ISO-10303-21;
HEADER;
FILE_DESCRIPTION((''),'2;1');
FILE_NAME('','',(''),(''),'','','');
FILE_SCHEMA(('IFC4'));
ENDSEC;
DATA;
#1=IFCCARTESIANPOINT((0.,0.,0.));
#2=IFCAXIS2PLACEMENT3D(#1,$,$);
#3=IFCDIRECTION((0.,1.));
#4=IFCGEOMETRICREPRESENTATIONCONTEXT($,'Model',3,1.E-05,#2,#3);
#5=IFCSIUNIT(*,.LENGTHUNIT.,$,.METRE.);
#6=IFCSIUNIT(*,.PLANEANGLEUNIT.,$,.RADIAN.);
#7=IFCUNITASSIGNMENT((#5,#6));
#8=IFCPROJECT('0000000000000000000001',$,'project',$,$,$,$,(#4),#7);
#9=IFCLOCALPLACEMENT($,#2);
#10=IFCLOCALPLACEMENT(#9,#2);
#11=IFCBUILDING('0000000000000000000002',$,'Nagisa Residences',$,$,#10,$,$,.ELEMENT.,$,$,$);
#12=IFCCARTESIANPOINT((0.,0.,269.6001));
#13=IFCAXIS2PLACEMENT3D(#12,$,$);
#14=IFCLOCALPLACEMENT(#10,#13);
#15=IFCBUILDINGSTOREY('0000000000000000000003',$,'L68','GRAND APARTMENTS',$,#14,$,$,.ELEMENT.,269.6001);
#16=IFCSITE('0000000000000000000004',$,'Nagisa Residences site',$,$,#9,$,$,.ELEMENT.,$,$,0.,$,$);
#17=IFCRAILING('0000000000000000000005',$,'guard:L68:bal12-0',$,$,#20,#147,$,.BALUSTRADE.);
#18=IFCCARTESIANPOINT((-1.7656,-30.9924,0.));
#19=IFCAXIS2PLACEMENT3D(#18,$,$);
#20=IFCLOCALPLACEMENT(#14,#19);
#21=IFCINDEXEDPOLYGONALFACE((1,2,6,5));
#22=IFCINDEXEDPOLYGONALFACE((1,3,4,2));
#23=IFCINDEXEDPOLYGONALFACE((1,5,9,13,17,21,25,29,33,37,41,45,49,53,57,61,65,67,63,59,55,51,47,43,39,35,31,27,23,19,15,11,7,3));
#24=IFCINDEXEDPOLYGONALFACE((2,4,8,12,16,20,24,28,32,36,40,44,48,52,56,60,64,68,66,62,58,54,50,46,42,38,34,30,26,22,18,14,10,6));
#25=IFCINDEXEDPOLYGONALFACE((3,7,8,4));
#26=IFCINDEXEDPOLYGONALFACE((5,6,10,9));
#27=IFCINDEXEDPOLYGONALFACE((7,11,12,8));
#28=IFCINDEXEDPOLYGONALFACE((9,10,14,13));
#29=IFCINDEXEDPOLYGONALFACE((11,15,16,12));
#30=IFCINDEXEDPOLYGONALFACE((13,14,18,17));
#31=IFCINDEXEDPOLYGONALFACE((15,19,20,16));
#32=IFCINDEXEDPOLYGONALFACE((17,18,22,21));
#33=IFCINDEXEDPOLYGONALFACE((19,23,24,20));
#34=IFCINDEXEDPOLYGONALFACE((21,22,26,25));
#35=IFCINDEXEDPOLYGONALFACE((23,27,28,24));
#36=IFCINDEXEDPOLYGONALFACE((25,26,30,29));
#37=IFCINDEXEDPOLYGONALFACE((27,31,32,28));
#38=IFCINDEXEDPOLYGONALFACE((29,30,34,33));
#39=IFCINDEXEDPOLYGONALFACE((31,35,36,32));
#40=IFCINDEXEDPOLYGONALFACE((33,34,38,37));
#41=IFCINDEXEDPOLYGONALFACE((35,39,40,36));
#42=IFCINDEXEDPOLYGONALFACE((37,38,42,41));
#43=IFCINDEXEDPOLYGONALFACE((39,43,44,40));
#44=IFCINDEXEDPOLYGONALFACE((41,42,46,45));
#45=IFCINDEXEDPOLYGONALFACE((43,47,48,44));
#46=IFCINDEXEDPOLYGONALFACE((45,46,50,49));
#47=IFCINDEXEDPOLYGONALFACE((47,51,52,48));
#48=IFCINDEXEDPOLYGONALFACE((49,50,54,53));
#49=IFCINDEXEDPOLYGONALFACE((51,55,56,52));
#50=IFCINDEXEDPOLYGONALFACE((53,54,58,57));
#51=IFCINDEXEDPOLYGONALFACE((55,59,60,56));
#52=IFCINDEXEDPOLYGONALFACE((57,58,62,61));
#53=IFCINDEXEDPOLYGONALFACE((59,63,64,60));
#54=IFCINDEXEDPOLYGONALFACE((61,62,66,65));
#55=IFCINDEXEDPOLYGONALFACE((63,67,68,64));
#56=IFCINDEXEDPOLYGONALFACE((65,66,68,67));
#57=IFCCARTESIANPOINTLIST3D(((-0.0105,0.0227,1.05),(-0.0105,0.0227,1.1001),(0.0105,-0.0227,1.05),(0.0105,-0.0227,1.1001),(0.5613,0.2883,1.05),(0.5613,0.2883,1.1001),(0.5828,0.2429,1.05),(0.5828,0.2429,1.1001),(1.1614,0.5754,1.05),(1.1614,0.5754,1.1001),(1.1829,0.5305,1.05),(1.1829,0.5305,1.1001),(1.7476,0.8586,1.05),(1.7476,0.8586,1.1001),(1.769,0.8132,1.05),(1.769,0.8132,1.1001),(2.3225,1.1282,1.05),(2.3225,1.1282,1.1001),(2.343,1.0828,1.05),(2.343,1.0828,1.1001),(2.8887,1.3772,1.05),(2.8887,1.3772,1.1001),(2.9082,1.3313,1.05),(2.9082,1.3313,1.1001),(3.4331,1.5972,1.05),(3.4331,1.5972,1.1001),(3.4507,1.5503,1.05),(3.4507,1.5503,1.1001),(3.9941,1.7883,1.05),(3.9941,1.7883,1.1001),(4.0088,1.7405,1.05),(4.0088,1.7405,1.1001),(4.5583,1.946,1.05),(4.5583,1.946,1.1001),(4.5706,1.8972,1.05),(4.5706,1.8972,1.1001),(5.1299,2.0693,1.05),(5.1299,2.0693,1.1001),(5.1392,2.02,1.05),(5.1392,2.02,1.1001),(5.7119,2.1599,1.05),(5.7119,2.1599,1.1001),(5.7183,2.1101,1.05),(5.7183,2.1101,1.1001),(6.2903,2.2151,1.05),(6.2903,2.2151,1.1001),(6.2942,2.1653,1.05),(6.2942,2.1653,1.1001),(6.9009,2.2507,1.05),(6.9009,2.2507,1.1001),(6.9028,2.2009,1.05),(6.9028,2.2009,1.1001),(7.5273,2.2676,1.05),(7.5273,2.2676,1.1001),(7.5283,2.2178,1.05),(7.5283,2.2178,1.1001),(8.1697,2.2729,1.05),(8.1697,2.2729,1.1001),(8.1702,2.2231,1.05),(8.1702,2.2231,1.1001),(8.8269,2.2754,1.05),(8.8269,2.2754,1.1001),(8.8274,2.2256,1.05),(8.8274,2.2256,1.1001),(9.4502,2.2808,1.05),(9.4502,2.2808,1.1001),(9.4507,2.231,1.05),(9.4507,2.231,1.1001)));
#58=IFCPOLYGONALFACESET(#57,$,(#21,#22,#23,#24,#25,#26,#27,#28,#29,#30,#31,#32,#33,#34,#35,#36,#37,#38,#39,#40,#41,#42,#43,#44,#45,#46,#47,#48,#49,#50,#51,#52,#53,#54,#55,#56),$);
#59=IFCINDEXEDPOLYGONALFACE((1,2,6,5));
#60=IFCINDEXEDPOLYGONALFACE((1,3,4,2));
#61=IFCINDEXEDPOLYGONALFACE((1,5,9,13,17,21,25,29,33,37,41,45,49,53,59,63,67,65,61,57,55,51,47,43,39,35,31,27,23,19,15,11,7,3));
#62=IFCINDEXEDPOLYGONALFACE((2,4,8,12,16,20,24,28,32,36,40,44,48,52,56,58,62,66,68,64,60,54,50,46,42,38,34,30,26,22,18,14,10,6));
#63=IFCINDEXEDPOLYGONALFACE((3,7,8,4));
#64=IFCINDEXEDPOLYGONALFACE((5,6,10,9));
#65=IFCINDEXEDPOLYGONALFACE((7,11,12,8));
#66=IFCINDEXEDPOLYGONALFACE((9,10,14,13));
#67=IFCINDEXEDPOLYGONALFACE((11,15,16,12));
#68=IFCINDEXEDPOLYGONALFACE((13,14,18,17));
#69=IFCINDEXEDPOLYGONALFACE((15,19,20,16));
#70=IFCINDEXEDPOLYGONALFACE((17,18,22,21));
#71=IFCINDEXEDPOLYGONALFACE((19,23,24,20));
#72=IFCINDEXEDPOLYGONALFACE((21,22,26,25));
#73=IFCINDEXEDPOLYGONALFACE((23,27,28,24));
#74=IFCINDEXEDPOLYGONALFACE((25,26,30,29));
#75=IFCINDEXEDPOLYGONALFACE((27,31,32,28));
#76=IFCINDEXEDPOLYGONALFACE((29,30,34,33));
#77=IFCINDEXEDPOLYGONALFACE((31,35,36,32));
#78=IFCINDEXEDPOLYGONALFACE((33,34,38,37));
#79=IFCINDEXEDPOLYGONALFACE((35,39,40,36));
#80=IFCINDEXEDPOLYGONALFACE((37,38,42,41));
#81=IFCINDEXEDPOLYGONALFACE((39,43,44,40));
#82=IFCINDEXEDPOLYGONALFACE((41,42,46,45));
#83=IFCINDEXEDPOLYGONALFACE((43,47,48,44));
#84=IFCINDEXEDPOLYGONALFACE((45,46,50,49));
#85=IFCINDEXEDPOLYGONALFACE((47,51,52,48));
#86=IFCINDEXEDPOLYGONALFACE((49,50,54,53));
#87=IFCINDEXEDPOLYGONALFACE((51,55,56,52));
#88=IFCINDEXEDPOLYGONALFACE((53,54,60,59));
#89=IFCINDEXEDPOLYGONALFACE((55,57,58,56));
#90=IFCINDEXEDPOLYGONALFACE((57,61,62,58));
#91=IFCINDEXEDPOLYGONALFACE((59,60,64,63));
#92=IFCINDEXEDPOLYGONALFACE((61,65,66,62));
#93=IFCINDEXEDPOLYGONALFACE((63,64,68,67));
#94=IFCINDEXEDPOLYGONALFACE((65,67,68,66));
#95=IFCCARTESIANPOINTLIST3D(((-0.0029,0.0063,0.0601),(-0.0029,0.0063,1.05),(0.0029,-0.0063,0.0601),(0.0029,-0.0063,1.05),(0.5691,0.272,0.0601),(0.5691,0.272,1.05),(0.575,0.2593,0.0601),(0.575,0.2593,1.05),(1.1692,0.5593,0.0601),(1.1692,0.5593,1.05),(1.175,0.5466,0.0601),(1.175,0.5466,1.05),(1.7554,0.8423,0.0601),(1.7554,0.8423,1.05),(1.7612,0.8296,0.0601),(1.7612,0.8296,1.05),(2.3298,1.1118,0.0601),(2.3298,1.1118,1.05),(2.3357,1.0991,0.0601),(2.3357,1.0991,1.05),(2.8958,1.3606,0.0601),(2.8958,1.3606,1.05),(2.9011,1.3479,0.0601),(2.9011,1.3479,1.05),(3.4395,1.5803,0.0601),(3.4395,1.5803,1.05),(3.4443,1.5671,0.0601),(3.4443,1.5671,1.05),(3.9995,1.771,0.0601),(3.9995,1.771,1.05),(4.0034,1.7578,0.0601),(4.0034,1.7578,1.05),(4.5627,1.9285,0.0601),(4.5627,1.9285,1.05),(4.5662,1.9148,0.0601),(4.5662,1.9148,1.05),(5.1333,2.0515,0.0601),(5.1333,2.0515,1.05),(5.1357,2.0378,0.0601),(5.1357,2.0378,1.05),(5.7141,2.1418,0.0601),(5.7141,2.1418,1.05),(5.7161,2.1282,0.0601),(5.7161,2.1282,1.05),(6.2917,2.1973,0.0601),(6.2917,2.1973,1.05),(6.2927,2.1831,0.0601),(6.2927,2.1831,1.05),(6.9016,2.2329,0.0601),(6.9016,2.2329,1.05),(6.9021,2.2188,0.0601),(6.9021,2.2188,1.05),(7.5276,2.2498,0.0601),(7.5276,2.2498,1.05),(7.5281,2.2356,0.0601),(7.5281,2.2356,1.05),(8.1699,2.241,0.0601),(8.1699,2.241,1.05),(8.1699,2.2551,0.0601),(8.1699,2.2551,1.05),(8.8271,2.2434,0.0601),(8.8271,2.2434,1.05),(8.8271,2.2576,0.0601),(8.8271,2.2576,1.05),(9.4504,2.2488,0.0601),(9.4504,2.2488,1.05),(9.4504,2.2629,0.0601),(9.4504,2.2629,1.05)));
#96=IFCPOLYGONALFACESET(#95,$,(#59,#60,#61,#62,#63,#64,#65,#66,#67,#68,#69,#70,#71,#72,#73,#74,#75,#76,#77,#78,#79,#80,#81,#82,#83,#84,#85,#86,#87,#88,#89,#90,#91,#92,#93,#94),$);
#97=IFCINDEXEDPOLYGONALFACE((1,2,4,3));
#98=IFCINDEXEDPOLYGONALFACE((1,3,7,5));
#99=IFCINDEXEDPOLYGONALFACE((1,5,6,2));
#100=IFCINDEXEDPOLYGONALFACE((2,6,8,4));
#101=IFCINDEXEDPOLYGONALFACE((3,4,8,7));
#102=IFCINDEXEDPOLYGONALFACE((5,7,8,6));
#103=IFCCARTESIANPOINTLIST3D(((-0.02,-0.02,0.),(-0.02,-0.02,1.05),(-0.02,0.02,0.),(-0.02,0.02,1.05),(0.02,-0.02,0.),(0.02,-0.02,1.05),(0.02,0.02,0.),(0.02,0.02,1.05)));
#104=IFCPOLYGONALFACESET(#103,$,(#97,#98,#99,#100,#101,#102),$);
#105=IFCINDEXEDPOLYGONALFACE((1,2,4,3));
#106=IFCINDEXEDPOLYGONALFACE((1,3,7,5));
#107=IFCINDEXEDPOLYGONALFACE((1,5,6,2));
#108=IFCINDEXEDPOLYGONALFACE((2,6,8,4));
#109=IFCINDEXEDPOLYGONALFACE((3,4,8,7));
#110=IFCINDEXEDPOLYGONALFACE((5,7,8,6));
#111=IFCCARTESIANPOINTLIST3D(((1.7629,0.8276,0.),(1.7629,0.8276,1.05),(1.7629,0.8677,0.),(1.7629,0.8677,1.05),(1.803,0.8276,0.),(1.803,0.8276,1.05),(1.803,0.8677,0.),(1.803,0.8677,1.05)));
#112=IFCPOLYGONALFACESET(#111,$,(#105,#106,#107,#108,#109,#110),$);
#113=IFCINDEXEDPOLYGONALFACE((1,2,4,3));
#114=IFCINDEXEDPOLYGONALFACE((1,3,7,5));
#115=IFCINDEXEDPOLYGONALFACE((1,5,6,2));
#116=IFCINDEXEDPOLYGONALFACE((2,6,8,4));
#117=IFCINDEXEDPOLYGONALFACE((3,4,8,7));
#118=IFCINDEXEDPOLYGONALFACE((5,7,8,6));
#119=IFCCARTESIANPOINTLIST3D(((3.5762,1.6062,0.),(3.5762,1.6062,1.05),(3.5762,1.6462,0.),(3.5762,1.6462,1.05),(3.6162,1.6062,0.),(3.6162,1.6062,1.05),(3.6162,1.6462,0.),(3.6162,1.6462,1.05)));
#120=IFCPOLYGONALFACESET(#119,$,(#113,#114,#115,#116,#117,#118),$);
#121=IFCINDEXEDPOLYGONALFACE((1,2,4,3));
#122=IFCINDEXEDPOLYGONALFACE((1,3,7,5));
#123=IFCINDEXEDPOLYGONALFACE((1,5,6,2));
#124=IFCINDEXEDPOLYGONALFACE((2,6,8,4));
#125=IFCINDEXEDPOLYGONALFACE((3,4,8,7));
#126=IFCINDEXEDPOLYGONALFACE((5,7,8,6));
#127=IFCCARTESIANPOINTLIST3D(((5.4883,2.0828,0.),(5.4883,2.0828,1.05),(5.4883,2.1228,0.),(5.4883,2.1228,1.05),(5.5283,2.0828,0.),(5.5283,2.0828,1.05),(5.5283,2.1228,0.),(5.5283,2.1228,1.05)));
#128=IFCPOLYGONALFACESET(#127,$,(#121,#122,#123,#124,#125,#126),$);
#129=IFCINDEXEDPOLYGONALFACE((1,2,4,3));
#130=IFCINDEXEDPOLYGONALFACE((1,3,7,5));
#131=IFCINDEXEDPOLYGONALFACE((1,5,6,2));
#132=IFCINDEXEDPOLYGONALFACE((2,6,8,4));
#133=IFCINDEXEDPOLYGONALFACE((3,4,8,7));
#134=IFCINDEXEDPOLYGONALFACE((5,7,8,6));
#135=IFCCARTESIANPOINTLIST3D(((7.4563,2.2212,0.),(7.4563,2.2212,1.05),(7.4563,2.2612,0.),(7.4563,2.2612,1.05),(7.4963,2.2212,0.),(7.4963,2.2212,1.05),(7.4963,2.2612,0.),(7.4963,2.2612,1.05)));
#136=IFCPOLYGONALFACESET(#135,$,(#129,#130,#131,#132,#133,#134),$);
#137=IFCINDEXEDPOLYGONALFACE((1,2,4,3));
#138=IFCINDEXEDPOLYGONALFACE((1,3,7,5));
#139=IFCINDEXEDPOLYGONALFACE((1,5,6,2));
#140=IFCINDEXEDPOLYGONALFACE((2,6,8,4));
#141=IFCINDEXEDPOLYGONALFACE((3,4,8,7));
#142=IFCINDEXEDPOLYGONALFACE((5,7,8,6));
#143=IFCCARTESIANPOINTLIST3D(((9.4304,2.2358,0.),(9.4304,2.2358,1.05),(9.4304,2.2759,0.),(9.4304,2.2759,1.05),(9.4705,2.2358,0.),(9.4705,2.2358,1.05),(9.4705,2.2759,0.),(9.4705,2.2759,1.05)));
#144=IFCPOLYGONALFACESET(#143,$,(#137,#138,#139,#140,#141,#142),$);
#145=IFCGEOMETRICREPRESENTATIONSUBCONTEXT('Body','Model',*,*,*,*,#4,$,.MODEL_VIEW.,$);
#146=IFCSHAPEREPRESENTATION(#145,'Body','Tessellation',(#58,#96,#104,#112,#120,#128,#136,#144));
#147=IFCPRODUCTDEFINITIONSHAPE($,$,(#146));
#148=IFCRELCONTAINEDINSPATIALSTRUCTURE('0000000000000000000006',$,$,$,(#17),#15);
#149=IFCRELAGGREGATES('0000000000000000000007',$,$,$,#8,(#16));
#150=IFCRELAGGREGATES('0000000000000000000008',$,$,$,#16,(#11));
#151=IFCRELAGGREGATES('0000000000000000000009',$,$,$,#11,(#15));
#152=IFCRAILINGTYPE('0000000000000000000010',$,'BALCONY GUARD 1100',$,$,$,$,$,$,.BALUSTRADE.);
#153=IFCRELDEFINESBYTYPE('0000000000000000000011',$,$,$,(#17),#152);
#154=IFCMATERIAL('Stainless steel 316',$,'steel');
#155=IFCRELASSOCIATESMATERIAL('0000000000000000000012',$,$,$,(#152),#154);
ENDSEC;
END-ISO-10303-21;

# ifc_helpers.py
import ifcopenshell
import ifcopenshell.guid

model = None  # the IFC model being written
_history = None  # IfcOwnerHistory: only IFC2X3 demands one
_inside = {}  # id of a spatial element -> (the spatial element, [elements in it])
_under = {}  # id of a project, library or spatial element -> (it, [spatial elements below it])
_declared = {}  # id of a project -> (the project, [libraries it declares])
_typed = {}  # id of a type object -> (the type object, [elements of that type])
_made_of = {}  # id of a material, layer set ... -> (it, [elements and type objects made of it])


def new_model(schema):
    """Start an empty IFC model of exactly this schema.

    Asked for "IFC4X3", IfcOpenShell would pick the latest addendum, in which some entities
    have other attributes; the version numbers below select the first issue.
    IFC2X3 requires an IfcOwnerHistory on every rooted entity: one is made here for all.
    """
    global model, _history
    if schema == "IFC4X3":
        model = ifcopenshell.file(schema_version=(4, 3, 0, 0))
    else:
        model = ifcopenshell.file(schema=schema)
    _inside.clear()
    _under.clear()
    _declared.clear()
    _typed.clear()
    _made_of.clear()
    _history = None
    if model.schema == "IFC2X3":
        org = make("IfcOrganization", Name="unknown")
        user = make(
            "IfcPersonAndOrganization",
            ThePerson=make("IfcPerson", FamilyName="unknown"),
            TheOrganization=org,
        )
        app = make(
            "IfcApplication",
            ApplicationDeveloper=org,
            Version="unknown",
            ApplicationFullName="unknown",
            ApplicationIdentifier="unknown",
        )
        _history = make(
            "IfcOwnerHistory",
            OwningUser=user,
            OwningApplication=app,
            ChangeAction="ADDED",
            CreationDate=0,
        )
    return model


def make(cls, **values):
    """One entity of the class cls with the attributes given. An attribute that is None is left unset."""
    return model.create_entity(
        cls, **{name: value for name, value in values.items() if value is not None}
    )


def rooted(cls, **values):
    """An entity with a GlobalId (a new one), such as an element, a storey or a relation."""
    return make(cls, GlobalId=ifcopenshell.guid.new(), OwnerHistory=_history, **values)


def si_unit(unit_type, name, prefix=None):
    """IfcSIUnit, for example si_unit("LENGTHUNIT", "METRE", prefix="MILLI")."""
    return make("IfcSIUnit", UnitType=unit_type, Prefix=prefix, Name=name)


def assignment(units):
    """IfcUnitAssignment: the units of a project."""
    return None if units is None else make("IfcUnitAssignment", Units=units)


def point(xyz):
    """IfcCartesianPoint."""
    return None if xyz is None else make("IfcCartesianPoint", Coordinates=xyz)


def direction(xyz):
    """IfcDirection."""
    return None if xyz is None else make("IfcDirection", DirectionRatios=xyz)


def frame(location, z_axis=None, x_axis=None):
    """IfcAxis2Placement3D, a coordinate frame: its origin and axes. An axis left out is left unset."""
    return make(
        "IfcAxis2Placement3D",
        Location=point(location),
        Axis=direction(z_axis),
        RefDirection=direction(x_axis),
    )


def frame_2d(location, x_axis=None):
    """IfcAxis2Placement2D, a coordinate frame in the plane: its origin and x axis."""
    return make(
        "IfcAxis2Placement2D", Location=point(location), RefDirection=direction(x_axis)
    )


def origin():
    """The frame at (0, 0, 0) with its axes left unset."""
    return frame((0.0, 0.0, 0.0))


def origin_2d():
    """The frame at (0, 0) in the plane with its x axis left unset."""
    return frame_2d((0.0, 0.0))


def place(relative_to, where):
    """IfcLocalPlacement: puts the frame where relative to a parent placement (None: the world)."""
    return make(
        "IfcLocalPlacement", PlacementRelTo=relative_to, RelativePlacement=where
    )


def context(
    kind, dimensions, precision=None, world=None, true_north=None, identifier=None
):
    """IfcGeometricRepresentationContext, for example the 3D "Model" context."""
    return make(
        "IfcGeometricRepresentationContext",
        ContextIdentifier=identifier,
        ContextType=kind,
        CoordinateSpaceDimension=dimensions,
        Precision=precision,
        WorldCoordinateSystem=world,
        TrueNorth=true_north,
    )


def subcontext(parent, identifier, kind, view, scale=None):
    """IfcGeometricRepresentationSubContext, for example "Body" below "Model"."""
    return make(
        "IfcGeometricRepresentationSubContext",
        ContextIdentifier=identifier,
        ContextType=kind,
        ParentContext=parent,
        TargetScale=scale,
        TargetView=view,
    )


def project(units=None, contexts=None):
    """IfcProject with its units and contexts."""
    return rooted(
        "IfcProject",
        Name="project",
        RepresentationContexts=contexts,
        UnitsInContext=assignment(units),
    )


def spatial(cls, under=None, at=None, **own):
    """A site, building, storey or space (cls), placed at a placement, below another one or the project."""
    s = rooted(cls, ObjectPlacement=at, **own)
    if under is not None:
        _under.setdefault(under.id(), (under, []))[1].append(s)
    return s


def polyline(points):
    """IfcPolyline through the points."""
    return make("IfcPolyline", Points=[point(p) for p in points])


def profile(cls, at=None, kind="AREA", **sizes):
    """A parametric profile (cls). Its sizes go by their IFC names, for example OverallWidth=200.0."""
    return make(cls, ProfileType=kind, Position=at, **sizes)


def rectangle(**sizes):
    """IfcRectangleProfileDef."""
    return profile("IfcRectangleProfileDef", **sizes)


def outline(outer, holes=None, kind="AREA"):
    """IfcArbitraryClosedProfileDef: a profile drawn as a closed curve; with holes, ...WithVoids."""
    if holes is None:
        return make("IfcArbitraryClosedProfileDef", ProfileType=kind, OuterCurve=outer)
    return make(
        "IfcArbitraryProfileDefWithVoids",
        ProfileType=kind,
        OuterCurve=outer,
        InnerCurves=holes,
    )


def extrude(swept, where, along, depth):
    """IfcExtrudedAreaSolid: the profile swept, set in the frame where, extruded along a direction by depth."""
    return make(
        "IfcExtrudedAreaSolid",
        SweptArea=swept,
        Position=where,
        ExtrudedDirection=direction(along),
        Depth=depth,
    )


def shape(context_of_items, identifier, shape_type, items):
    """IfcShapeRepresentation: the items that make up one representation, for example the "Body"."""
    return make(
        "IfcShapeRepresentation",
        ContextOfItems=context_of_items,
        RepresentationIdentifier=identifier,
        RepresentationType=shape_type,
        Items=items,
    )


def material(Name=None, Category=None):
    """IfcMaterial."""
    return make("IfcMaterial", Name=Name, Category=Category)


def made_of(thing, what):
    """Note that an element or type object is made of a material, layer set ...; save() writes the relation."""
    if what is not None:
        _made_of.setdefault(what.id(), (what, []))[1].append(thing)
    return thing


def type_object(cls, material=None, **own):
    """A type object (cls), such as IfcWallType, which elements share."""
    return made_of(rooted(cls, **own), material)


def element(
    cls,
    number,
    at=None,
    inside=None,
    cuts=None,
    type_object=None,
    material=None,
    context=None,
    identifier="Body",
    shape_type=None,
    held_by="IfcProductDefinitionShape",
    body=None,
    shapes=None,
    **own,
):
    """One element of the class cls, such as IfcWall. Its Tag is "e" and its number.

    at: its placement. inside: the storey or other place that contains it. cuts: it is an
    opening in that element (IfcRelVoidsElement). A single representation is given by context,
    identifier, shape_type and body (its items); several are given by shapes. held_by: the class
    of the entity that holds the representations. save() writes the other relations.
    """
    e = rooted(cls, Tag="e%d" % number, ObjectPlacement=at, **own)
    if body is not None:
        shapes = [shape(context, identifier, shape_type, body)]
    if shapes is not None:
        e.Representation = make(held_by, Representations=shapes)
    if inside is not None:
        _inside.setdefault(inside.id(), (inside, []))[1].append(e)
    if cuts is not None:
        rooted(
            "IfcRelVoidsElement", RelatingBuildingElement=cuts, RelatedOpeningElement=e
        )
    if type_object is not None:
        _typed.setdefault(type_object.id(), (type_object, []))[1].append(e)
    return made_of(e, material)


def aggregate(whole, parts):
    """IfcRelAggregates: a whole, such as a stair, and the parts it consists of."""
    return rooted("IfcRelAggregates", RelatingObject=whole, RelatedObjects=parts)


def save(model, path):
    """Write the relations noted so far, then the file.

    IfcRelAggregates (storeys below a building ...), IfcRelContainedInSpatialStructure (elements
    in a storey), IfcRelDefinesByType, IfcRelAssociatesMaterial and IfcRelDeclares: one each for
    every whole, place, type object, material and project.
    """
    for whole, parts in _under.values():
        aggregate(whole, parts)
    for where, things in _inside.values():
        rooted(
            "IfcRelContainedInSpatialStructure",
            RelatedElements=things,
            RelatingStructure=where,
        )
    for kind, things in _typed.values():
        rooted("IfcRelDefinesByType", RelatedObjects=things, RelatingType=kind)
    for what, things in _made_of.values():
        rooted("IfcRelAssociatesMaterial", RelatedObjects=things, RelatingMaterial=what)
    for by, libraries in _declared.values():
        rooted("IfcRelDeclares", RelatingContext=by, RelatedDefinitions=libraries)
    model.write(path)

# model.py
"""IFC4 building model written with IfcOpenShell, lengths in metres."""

from ifc_helpers import new_model, si_unit, direction, frame, origin, origin_2d, place, context, subcontext, project, spatial, polyline, rectangle, outline, extrude, material, type_object, element, save


model = new_model("IFC4")

# Units and contexts
model_context = context("Model", 3, precision=1e-05, world=origin(), true_north=direction((0.0, 1.0)))
body_context = subcontext(model_context, "Body", "Model", "MODEL_VIEW")
ifc_project = project(units=[si_unit("LENGTHUNIT", "METRE"), si_unit("PLANEANGLEUNIT", "RADIAN")], contexts=[model_context])

# Site, building, storey
site_placement = place(None, origin())
site = spatial("IfcSite", under=ifc_project, at=site_placement, Name="Nagisa Residences site", CompositionType="ELEMENT", RefElevation=0.0)
building_placement = place(site_placement, origin())
building = spatial("IfcBuilding", under=site, at=building_placement, Name="Nagisa Residences", CompositionType="ELEMENT")
storey_placement = place(building_placement, frame((0.0, 0.0, 269.6001)))
storey = spatial("IfcBuildingStorey", under=building, at=storey_placement, Name="L68", Description="GRAND APARTMENTS", CompositionType="ELEMENT", Elevation=269.6001)

# Railing
ifc_material_1 = material(Name="Stainless steel 316", Category="steel")
railing_type = type_object("IfcRailingType", Name="BALCONY GUARD 1100", PredefinedType="BALUSTRADE", material=ifc_material_1)
railing_placement = place(storey_placement, frame((-1.7656, -30.9924, 0.0)))
element("IfcRailing", 1, at=railing_placement, inside=storey, type_object=railing_type, Name="guard:L68:bal12-0", PredefinedType="BALUSTRADE", context=body_context, shape_type="SweptSolid", body=[
    extrude(outline(polyline([(0.5613, 0.2883), (-0.0105, 0.0227), (0.0105, -0.0227), (0.5828, 0.2429), (1.1829, 0.5305), (1.769, 0.8132), (2.343, 1.0828), (2.9082, 1.3313), (3.4507, 1.5503), (4.0088, 1.7405), (4.5706, 1.8972), (5.1392, 2.02), (5.7183, 2.1101), (6.2942, 2.1653), (6.9028, 2.2009), (7.5283, 2.2178), (8.1702, 2.2231), (8.8274, 2.2256), (9.4507, 2.231), (9.4502, 2.2808), (8.8269, 2.2754), (8.1697, 2.2729), (7.5273, 2.2676), (6.9009, 2.2507), (6.2903, 2.2151), (5.7119, 2.1599), (5.1299, 2.0693), (4.5583, 1.946), (3.9941, 1.7883), (3.4331, 1.5972), (2.8887, 1.3772), (2.3225, 1.1282), (1.7476, 0.8586), (1.1614, 0.5754), (0.5613, 0.2883)])), frame((0.0, 0.0, 1.05)), (0.0, 0.0, 1.0), 0.05),
    extrude(outline(polyline([(0.5691, 0.272), (-0.0029, 0.0063), (0.0029, -0.0063), (0.575, 0.2593), (1.175, 0.5466), (1.7612, 0.8296), (2.3357, 1.0991), (2.9011, 1.3479), (3.4443, 1.5671), (4.0034, 1.7578), (4.5662, 1.9148), (5.1357, 2.0378), (5.7161, 2.1282), (6.2927, 2.1831), (6.9021, 2.2188), (7.5281, 2.2356), (8.1699, 2.241), (8.8271, 2.2434), (9.4504, 2.2488), (9.4504, 2.2629), (8.8271, 2.2576), (8.1699, 2.2551), (7.5276, 2.2498), (6.9016, 2.2329), (6.2917, 2.1973), (5.7141, 2.1418), (5.1333, 2.0515), (4.5627, 1.9285), (3.9995, 1.771), (3.4395, 1.5803), (2.8958, 1.3606), (2.3298, 1.1118), (1.7554, 0.8423), (1.1692, 0.5593), (0.5691, 0.272)])), frame((0.0, 0.0, 0.0601)), (0.0, 0.0, 1.0), 0.99),
    extrude(rectangle(XDim=0.04, YDim=0.04, at=origin_2d()), origin(), (0.0, 0.0, 1.0), 1.05),
    extrude(rectangle(XDim=0.04, YDim=0.04, at=origin_2d()), frame((1.783, 0.8477, 0.0)), (0.0, 0.0, 1.0), 1.05),
    extrude(rectangle(XDim=0.04, YDim=0.04, at=origin_2d()), frame((3.5962, 1.6262, 0.0)), (0.0, 0.0, 1.0), 1.05),
    extrude(rectangle(XDim=0.04, YDim=0.04, at=origin_2d()), frame((5.5083, 2.1028, 0.0)), (0.0, 0.0, 1.0), 1.05),
    extrude(rectangle(XDim=0.04, YDim=0.04, at=origin_2d()), frame((7.4763, 2.2412, 0.0)), (0.0, 0.0, 1.0), 1.05),
    extrude(rectangle(XDim=0.04, YDim=0.04, at=origin_2d()), frame((9.4504, 2.2559, 0.0)), (0.0, 0.0, 1.0), 1.05),
])

save(model, "model.ifc")
